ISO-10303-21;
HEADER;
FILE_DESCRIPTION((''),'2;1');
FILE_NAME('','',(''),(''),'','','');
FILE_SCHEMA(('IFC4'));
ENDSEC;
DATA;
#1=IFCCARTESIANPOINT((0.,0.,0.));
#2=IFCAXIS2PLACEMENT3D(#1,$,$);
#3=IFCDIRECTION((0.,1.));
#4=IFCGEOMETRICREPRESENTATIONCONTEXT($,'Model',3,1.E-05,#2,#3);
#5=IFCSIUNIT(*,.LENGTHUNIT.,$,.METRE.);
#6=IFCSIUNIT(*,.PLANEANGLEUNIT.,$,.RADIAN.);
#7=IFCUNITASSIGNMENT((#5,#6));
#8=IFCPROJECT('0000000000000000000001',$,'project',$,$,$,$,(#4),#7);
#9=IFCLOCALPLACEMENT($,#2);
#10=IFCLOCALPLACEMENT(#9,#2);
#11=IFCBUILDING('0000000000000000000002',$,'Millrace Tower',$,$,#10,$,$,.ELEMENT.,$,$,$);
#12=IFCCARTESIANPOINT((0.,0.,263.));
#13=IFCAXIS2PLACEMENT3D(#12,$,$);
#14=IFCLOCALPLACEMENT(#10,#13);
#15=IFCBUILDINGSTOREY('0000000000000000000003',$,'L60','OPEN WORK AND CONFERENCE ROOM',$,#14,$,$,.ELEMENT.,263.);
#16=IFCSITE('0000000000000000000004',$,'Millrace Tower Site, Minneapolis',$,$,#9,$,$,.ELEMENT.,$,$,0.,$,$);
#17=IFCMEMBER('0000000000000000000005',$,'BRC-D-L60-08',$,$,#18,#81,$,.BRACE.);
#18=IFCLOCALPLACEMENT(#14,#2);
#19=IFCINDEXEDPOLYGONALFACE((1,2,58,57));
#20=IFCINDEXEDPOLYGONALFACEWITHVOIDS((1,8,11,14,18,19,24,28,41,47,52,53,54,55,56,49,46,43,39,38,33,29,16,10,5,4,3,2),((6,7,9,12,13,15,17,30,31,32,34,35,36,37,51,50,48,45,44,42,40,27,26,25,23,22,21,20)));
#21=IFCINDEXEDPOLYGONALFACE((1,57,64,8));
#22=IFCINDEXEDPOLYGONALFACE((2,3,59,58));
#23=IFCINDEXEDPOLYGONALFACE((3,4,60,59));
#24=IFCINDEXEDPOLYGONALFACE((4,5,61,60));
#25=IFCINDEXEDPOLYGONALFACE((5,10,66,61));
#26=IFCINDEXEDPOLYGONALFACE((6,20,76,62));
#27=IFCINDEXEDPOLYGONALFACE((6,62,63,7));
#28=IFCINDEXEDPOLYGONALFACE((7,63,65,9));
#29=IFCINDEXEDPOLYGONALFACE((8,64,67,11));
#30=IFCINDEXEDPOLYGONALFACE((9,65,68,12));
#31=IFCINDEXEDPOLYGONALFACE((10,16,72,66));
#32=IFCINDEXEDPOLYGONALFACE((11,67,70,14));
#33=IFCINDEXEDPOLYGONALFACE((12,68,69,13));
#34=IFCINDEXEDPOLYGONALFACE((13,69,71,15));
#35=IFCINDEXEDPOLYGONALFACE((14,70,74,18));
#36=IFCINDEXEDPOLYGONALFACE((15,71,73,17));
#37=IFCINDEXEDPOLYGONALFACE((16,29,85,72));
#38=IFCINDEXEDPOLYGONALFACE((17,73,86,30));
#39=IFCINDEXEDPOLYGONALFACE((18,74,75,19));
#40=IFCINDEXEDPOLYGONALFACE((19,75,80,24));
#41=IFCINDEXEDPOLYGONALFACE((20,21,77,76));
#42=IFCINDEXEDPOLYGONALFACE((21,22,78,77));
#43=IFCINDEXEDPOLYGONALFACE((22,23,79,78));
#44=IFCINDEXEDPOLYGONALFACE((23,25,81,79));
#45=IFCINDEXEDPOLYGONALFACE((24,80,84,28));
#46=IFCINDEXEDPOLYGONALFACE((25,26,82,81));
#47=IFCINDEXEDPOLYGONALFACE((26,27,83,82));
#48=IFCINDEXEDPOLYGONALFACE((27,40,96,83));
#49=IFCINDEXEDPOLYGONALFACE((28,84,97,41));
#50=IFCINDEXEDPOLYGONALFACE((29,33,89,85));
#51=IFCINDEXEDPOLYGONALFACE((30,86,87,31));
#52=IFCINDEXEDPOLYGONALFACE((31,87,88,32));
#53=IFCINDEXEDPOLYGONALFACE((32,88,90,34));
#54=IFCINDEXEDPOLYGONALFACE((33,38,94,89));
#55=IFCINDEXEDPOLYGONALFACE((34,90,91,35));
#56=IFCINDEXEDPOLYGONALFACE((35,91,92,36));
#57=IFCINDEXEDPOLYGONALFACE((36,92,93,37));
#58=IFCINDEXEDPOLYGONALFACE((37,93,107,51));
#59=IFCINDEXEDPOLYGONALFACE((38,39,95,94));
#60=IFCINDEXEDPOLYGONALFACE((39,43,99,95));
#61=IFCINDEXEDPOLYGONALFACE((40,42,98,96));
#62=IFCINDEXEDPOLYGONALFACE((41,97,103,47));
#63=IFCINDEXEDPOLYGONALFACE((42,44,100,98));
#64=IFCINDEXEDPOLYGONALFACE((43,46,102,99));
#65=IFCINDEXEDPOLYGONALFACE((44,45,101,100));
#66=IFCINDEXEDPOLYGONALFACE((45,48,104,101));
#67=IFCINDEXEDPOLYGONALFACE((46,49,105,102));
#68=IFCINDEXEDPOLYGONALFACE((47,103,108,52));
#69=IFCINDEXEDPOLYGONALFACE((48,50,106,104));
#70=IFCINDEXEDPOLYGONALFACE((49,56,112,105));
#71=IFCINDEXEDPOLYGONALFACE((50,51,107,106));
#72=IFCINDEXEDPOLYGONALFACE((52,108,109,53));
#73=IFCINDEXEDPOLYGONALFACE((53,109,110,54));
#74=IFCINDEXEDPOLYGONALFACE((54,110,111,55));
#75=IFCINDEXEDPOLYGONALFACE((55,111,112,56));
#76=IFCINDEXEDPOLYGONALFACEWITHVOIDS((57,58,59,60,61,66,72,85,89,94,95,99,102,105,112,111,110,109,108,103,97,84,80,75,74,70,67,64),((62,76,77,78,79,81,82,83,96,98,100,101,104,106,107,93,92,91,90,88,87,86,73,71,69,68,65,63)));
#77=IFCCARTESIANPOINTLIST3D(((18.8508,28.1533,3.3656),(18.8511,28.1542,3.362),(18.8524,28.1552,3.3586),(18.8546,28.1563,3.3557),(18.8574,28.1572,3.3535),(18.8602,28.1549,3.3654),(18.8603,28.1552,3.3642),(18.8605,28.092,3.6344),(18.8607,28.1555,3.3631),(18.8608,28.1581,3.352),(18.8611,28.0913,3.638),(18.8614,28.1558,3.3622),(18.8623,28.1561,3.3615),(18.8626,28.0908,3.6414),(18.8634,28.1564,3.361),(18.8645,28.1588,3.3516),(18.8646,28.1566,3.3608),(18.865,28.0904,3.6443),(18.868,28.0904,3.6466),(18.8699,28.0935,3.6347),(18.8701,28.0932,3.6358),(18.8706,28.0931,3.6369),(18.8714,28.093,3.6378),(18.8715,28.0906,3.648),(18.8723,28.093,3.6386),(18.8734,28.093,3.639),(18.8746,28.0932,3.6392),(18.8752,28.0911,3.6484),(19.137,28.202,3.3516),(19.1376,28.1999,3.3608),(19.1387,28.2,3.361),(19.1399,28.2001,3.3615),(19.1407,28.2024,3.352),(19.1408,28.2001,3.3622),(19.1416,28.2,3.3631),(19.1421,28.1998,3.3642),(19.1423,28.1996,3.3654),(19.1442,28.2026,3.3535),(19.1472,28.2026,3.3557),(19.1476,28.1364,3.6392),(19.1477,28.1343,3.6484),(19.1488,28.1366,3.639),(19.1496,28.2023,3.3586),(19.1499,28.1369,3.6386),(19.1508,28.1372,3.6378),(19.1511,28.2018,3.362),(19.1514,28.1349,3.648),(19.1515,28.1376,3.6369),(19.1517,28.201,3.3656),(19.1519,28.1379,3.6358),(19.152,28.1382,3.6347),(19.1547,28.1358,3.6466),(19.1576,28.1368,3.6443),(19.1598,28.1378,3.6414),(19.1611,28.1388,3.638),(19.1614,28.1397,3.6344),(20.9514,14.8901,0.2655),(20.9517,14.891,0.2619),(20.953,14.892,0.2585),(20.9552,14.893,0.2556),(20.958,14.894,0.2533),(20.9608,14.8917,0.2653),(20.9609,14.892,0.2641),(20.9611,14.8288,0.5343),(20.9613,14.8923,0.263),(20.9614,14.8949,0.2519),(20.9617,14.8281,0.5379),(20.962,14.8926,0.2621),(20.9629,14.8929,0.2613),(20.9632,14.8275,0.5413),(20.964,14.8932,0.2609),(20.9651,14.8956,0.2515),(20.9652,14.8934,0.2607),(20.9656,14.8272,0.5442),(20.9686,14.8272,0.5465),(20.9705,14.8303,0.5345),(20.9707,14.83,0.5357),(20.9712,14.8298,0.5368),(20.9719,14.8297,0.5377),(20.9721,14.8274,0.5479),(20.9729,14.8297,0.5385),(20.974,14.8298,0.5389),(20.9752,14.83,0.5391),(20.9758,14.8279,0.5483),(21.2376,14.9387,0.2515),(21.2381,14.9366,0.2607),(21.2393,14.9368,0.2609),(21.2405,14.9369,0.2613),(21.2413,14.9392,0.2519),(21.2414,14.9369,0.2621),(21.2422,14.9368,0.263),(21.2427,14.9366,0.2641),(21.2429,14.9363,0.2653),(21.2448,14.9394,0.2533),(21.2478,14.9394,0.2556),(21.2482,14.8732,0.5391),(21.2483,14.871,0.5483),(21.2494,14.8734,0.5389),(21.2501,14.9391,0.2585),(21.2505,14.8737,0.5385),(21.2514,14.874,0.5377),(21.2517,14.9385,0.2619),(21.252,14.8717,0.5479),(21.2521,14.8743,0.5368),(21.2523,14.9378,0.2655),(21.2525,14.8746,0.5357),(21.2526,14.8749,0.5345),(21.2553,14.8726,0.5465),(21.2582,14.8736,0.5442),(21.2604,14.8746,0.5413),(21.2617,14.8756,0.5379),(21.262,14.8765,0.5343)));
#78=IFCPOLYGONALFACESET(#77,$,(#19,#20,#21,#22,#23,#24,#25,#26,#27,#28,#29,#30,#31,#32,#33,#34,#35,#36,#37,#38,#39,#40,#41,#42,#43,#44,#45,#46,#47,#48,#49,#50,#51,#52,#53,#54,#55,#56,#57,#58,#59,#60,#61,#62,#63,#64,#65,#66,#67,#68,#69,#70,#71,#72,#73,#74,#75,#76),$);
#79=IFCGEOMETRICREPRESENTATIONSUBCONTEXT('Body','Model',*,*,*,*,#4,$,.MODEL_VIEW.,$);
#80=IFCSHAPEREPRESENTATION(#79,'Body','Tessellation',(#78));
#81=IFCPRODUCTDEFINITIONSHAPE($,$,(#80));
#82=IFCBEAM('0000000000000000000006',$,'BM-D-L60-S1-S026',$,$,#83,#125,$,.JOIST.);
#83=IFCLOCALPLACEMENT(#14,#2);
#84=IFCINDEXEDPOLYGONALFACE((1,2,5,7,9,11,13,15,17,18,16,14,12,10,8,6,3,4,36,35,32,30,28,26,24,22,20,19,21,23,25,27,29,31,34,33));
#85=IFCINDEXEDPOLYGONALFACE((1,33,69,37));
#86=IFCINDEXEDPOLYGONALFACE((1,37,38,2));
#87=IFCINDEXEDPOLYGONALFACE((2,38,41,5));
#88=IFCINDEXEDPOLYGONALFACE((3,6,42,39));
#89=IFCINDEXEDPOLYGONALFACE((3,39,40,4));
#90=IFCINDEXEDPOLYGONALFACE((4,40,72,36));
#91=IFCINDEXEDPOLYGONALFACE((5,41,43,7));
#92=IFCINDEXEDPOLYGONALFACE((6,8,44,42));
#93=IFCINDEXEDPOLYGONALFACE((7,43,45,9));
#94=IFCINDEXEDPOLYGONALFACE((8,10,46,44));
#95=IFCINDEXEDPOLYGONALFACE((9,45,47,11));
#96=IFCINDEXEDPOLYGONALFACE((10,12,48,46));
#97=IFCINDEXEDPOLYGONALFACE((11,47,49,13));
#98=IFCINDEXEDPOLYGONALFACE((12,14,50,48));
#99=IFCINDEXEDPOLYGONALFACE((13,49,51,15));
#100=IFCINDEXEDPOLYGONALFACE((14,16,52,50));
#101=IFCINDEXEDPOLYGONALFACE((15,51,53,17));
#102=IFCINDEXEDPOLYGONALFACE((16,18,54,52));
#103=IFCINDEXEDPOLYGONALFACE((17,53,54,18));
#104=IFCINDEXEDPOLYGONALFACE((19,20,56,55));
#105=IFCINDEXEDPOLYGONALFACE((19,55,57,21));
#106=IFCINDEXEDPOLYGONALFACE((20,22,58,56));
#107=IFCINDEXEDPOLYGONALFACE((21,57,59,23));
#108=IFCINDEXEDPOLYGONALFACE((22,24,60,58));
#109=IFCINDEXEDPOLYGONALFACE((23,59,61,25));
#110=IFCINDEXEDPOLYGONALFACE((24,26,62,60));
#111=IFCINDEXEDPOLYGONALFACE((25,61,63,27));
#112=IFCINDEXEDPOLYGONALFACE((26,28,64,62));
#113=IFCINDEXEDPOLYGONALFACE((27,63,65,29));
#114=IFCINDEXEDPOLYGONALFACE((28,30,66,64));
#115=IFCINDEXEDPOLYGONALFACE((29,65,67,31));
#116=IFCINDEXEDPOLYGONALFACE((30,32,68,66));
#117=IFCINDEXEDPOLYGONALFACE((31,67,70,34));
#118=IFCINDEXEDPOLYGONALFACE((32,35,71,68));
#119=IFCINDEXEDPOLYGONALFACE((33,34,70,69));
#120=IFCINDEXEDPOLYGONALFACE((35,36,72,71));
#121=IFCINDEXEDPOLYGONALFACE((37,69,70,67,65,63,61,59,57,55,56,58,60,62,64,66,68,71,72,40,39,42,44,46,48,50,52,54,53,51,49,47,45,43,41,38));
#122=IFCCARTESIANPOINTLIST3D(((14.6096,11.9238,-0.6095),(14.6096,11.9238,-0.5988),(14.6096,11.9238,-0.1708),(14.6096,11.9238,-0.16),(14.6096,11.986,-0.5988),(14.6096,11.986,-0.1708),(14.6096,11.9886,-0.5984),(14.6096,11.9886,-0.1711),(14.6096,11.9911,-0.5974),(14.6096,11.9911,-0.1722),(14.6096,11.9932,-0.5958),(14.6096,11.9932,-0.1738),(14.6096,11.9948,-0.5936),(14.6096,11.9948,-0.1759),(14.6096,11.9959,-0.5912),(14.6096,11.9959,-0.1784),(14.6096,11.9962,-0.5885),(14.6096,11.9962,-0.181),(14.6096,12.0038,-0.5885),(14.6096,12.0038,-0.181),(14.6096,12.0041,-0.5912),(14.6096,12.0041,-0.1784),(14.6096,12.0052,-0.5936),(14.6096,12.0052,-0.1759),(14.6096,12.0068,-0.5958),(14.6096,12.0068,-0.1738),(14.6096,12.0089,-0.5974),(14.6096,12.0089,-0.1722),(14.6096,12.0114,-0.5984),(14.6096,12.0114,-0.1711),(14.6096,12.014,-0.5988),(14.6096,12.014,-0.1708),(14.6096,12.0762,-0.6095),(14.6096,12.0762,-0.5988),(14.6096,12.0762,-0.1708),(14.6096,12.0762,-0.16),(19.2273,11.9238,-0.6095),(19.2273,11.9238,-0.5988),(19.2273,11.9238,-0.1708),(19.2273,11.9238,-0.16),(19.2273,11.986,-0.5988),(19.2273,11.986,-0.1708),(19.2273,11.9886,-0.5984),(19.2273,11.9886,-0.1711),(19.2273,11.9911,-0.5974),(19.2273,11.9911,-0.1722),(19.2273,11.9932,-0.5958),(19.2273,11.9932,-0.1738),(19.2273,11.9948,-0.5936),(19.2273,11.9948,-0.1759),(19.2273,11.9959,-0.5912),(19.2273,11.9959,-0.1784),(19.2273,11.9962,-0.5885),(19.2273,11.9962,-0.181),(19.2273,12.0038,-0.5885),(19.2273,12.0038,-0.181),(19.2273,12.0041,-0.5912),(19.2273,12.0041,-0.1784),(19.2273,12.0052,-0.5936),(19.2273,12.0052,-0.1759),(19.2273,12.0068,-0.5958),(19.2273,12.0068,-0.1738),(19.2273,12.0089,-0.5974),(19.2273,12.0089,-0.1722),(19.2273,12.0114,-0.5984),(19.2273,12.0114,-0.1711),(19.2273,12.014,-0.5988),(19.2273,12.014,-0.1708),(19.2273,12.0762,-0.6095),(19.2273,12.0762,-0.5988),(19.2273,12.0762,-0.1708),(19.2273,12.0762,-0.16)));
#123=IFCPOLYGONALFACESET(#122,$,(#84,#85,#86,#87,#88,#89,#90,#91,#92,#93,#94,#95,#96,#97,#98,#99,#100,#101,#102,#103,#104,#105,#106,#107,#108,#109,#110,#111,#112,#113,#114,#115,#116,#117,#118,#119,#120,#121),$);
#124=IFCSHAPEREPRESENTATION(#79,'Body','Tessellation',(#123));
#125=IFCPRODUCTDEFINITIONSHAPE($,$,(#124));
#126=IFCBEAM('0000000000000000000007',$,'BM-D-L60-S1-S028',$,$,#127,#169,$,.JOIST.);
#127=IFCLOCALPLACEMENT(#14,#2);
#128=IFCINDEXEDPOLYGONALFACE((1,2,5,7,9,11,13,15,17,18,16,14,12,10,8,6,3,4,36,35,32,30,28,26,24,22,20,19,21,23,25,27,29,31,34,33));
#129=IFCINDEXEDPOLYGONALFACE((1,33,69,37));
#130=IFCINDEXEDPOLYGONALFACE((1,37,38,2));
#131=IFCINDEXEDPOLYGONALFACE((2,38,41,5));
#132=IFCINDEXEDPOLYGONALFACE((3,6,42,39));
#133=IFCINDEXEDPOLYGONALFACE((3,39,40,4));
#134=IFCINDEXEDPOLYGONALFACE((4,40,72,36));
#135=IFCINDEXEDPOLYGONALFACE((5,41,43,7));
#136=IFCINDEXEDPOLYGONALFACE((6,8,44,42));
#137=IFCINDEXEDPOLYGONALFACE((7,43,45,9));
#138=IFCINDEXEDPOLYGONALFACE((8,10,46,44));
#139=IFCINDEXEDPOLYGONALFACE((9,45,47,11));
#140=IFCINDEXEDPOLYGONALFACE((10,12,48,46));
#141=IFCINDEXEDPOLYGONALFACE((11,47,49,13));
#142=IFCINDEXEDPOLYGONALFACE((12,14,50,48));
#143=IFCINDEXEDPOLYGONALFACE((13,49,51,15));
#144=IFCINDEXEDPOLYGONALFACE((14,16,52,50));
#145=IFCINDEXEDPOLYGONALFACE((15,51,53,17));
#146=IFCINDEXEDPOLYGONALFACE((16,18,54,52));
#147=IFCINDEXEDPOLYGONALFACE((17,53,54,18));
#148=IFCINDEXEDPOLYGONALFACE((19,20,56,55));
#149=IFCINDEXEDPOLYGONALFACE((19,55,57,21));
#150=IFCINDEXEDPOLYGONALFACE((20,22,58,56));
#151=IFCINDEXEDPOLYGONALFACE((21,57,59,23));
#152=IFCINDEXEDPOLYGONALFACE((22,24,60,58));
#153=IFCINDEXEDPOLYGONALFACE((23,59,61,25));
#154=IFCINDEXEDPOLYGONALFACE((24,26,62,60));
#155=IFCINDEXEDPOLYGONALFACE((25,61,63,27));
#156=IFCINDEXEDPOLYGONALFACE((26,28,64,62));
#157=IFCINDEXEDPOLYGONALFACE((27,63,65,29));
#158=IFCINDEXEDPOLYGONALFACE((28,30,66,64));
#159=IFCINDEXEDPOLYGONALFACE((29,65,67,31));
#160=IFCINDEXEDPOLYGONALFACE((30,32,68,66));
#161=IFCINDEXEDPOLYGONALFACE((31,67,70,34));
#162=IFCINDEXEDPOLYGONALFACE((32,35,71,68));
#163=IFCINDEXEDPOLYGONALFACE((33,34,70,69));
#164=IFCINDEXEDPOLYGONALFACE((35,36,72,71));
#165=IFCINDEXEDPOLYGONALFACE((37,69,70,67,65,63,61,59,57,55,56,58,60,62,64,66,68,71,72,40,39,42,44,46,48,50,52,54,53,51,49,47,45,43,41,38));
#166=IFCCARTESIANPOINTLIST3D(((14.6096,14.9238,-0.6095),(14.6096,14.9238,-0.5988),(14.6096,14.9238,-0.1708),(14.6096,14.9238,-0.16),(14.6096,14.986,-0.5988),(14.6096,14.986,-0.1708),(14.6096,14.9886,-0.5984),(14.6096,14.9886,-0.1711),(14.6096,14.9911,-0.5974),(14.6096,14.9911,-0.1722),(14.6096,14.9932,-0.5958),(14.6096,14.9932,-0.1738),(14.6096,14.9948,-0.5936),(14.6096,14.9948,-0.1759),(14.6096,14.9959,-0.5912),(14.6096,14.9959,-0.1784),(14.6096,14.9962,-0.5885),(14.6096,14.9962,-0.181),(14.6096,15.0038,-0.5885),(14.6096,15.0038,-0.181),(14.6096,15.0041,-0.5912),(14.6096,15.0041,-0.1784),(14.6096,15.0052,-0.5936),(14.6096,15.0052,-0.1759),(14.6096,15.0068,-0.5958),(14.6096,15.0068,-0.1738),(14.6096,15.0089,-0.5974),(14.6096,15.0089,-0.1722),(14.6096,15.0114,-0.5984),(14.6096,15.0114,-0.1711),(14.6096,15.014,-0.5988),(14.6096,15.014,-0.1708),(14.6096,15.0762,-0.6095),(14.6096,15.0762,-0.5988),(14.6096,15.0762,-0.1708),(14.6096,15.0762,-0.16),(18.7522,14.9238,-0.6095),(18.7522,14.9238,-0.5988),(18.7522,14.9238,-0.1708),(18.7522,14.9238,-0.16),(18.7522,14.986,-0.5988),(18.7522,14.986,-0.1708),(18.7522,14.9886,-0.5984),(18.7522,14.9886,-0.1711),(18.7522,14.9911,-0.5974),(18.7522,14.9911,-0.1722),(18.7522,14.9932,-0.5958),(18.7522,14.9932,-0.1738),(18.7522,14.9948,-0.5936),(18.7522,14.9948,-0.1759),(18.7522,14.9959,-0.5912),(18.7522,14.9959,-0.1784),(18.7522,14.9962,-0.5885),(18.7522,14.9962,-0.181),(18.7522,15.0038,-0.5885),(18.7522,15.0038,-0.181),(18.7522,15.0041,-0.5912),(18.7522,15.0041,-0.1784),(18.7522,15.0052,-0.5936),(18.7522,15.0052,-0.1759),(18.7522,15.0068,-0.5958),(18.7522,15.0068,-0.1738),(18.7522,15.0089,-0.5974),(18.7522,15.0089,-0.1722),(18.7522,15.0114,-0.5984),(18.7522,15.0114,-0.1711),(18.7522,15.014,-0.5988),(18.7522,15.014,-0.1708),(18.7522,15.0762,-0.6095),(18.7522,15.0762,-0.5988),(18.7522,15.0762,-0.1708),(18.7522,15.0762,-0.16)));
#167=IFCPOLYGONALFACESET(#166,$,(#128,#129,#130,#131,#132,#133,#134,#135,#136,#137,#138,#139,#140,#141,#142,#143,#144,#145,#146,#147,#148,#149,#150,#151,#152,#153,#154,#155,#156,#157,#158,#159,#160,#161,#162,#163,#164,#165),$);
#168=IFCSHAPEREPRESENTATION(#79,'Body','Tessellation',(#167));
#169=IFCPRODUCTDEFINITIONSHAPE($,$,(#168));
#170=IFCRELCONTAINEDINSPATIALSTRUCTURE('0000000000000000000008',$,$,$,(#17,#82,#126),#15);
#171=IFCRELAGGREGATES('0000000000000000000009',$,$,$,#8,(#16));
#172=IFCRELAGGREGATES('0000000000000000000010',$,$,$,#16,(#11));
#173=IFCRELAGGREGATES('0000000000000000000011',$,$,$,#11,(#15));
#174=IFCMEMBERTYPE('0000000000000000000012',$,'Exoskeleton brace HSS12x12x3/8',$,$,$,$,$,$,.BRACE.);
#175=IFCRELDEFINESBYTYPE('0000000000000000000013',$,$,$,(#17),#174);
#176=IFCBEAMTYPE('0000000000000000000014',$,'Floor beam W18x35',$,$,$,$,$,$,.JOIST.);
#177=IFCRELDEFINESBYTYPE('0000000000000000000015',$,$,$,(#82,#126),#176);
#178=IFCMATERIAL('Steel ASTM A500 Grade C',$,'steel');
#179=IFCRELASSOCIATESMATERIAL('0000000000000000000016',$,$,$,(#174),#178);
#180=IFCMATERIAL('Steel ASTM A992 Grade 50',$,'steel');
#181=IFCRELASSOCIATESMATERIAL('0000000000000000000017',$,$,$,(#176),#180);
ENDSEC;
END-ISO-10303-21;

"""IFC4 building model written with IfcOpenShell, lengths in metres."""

from ifc_helpers import new_model, si_unit, direction, frame, origin, origin_2d, place, context, subcontext, project, spatial, hollow_rectangle, i_section, extrude, material, material_profile, profile_set, type_object, element, save


model = new_model("IFC4")

# Units and contexts
model_context = context("Model", 3, precision=1e-05, world=origin(), true_north=direction((0.0, 1.0)))
body_context = subcontext(model_context, "Body", "Model", "MODEL_VIEW")
ifc_project = project(units=[si_unit("LENGTHUNIT", "METRE"), si_unit("PLANEANGLEUNIT", "RADIAN")], contexts=[model_context])

# Site, building, storey
site_placement = place(None, origin())
site = spatial("IfcSite", under=ifc_project, at=site_placement, Name="Millrace Tower Site, Minneapolis", CompositionType="ELEMENT", RefElevation=0.0)
building_placement = place(site_placement, origin())
building = spatial("IfcBuilding", under=site, at=building_placement, Name="Millrace Tower", CompositionType="ELEMENT")
storey_placement = place(building_placement, frame((0.0, 0.0, 263.0)))
storey = spatial("IfcBuildingStorey", under=building, at=storey_placement, Name="L60", Description="OPEN WORK AND CONFERENCE ROOM", CompositionType="ELEMENT", Elevation=263.0)

# Member
ifc_material_1 = material(Name="Steel ASTM A500 Grade C", Category="steel")
ifc_material_profile_1 = material_profile(ifc_material_1, hollow_rectangle(XDim=0.3047, YDim=0.3047, WallThickness=0.0095, InnerFilletRadius=0.0046, OuterFilletRadius=0.0144, at=origin_2d()))
ifc_profile_set_1 = profile_set([ifc_material_profile_1], Name="Steel ASTM A500 Grade C")
member_type_1 = type_object("IfcMemberType", Name="Exoskeleton brace HSS12x12x3/8", PredefinedType="BRACE", material=ifc_profile_set_1)
member_1_placement = place(storey_placement, frame((21.1067, 14.8833, 0.3999), z_axis=(-0.152419, 0.962377, 0.224943), x_axis=(-0.987689, -0.156427, 0.0)))
element("IfcMember", 1, at=member_1_placement, inside=storey, type_object=member_type_1, Name="BRC-D-L60-08", PredefinedType="BRACE", context=body_context, shape_type="SweptSolid", body=[
    extrude(hollow_rectangle(XDim=0.3047, YDim=0.3047, WallThickness=0.0095, InnerFilletRadius=0.0046, OuterFilletRadius=0.0144, at=origin_2d()), origin(), (0.0, 0.0, 1.0), 13.7817),
])

# Beams
ifc_material_2 = material(Name="Steel ASTM A992 Grade 50", Category="steel")
ifc_material_profile_2 = material_profile(ifc_material_2, i_section(OverallWidth=0.1523, OverallDepth=0.4495, WebThickness=0.0076, FlangeThickness=0.0107, FilletRadius=0.0103, at=origin_2d()))
ifc_profile_set_2 = profile_set([ifc_material_profile_2], Name="Steel ASTM A992 Grade 50")
beam_type_1 = type_object("IfcBeamType", Name="Floor beam W18x35", PredefinedType="JOIST", material=ifc_profile_set_2)
beam_1_placement = place(storey_placement, frame((14.6096, 12.0, -0.3848), z_axis=(1.0, 0.0, 0.0), x_axis=(0.0, 1.0, 0.0)))
element("IfcBeam", 2, at=beam_1_placement, inside=storey, type_object=beam_type_1, Name="BM-D-L60-S1-S026", PredefinedType="JOIST", context=body_context, shape_type="SweptSolid", body=[
    extrude(i_section(OverallWidth=0.1523, OverallDepth=0.4495, WebThickness=0.0076, FlangeThickness=0.0107, FilletRadius=0.0103, at=origin_2d()), origin(), (0.0, 0.0, 1.0), 4.6177),
])
beam_2_placement = place(storey_placement, frame((14.6096, 15.0, -0.3848), z_axis=(1.0, 0.0, 0.0), x_axis=(0.0, 1.0, 0.0)))
element("IfcBeam", 3, at=beam_2_placement, inside=storey, type_object=beam_type_1, Name="BM-D-L60-S1-S028", PredefinedType="JOIST", context=body_context, shape_type="SweptSolid", body=[
    extrude(i_section(OverallWidth=0.1523, OverallDepth=0.4495, WebThickness=0.0076, FlangeThickness=0.0107, FilletRadius=0.0103, at=origin_2d()), origin(), (0.0, 0.0, 1.0), 4.1426),
])

save(model, "model.ifc")
